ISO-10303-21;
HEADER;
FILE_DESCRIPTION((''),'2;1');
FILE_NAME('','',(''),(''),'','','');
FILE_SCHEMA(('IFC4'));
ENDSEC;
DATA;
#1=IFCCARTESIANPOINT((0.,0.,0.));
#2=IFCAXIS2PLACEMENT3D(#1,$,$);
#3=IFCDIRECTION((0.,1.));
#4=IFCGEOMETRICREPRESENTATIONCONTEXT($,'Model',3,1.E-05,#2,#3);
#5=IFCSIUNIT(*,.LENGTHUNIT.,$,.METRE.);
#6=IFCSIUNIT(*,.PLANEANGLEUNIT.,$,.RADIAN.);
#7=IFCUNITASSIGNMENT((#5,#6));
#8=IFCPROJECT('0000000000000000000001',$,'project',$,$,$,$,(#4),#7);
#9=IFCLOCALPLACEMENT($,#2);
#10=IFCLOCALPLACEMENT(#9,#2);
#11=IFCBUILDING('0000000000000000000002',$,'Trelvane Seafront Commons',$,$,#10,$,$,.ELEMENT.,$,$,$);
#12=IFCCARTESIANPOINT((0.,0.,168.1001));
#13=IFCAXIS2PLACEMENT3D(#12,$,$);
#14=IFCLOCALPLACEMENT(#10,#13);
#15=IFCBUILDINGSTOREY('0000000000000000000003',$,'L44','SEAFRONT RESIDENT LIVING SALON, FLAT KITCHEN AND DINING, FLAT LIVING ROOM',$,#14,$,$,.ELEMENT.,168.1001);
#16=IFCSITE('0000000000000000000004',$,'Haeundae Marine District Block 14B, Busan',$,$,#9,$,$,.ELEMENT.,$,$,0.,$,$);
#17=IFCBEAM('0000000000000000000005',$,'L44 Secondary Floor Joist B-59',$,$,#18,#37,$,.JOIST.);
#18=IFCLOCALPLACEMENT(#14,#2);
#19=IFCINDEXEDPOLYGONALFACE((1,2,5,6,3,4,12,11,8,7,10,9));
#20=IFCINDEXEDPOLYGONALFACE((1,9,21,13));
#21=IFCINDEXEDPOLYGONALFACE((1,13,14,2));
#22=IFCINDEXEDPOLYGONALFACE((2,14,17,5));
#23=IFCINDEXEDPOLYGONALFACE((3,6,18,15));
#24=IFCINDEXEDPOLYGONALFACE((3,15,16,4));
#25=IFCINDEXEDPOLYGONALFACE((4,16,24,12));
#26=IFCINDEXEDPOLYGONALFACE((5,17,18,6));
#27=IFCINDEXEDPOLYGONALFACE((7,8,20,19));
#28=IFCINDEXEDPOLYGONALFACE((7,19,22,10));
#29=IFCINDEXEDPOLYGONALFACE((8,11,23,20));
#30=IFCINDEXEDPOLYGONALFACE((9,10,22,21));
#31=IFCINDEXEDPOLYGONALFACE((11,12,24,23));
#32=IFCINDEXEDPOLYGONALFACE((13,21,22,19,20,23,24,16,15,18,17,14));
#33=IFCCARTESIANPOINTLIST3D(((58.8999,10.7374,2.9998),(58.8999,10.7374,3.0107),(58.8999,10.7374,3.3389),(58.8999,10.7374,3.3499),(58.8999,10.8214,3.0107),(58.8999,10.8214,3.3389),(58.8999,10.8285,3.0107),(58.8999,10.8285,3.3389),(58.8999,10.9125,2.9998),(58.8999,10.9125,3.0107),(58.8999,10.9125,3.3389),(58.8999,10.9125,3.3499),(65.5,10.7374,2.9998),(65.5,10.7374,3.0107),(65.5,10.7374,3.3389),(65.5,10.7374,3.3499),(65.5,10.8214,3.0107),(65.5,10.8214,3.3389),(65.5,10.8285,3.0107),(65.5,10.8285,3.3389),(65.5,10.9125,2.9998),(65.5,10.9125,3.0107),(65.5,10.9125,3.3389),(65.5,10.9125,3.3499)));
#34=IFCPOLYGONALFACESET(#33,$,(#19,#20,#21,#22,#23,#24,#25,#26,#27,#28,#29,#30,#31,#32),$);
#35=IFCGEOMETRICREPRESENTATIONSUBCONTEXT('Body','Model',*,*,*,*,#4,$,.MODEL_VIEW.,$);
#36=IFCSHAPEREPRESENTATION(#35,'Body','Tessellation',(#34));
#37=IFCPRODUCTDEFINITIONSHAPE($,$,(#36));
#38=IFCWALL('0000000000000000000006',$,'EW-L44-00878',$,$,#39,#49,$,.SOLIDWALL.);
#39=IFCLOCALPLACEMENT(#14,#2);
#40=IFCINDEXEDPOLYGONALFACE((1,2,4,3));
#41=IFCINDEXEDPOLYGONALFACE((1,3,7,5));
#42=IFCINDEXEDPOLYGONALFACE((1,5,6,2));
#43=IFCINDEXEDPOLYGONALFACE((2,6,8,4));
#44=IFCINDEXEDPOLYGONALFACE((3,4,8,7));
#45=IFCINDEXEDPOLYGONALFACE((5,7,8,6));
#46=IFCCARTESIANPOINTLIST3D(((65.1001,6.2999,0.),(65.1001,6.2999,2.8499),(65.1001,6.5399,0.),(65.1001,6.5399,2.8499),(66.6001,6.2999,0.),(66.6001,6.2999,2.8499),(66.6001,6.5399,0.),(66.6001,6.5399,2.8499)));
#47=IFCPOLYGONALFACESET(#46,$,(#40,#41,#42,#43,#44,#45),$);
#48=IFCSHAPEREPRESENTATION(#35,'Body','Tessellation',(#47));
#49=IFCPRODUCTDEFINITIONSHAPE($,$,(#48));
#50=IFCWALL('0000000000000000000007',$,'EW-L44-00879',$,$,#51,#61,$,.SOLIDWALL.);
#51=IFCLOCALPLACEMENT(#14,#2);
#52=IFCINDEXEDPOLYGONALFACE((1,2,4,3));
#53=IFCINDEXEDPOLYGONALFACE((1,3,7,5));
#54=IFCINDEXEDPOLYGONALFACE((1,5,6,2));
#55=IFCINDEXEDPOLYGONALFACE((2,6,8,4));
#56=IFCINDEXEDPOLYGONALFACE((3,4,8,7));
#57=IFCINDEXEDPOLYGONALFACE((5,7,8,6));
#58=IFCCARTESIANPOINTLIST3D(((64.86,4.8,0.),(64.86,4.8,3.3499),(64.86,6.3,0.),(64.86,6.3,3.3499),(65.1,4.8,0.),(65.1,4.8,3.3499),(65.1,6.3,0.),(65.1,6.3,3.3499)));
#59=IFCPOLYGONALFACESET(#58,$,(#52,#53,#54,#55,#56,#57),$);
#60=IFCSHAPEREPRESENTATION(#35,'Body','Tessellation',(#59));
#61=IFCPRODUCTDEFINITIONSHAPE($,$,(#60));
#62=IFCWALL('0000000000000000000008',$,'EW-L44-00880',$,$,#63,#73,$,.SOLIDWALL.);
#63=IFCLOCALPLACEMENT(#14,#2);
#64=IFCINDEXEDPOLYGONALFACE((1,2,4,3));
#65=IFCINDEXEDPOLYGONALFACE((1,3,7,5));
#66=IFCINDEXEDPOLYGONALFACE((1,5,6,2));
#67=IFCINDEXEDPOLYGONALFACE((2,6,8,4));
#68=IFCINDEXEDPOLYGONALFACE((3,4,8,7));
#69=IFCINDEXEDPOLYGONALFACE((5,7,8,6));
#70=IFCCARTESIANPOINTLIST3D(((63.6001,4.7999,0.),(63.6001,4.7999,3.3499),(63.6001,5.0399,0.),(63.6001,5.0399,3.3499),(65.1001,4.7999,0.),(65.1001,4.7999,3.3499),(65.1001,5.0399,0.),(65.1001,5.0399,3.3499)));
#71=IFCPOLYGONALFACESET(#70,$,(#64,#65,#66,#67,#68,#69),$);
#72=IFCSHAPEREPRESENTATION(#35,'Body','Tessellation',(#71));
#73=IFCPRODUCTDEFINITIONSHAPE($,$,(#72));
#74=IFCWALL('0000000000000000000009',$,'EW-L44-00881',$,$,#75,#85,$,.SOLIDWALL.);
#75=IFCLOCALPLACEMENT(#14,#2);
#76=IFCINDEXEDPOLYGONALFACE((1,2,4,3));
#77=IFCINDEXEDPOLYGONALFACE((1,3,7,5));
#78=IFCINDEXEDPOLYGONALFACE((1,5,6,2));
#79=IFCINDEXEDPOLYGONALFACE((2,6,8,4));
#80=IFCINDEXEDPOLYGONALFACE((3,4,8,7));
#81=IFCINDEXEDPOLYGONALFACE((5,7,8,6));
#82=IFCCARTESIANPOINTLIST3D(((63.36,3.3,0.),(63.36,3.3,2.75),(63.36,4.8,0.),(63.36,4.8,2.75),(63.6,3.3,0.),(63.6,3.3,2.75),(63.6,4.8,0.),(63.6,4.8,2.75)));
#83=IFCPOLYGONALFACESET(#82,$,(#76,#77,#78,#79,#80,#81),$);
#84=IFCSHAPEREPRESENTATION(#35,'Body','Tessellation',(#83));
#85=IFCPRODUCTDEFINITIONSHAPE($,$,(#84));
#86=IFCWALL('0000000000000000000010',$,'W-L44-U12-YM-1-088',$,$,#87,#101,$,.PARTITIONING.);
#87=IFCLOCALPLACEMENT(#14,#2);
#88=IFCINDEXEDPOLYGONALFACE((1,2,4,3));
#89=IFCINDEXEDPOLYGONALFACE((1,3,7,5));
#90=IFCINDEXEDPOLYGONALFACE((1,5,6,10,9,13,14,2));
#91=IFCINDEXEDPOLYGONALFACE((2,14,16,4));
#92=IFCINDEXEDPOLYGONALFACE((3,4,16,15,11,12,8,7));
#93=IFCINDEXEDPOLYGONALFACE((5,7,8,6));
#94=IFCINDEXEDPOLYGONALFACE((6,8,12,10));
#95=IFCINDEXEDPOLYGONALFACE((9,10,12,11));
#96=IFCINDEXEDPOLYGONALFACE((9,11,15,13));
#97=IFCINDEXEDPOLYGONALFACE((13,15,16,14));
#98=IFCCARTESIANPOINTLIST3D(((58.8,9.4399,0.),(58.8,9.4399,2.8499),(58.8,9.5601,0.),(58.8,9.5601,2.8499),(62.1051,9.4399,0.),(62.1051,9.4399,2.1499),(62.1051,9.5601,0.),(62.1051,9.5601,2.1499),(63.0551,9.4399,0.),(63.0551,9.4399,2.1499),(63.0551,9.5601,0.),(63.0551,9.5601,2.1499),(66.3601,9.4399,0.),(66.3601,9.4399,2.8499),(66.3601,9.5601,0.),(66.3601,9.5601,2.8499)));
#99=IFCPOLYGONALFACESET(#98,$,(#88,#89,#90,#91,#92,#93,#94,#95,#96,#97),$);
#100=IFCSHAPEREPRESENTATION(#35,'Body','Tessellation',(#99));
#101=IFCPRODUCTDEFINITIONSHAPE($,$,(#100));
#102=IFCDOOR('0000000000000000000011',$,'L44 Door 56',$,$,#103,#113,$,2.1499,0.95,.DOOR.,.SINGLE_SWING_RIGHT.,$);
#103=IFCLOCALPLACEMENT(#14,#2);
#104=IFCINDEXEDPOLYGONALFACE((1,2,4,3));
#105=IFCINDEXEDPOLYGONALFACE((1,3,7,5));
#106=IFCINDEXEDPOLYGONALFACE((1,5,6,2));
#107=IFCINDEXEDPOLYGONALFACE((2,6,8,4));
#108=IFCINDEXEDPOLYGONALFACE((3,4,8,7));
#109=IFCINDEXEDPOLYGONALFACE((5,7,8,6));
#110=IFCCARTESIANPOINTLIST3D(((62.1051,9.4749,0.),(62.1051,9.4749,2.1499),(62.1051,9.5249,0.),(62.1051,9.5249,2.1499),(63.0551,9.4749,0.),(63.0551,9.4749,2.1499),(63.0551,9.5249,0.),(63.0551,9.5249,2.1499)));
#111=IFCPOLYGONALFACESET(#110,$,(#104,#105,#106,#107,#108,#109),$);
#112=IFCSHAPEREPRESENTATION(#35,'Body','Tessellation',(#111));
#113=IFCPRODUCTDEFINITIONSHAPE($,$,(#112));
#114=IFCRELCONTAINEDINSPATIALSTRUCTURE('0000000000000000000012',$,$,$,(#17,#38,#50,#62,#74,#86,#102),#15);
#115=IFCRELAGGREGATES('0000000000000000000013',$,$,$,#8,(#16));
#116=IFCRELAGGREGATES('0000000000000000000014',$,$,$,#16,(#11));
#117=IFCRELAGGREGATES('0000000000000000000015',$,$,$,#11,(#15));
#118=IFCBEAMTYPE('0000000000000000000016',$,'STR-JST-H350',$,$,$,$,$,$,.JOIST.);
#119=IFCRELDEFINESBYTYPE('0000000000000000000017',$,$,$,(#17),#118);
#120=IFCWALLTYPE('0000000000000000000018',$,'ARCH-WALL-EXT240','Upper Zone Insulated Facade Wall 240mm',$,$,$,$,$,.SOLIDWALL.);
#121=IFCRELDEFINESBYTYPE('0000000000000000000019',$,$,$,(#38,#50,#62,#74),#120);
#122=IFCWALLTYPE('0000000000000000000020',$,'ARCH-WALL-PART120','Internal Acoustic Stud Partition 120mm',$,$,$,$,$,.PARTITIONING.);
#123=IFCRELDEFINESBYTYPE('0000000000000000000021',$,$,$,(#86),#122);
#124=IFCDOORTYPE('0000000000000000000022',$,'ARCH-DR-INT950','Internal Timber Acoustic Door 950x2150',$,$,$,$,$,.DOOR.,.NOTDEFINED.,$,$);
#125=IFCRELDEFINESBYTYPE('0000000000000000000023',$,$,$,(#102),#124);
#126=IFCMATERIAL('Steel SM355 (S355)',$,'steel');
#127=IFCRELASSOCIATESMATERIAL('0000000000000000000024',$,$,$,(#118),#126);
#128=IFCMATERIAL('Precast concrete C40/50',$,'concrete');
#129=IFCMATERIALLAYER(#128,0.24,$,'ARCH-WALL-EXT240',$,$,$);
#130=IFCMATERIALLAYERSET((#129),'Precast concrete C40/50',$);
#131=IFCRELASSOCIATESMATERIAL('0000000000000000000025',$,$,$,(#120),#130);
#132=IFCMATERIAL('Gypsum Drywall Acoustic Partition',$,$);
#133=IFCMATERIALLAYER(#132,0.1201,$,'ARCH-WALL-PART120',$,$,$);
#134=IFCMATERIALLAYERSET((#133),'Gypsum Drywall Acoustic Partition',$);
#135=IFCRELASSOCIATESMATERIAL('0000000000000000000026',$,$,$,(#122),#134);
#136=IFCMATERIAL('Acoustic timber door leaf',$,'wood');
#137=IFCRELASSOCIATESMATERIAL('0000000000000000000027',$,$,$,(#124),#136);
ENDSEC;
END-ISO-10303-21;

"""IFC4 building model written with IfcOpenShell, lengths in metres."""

from ifc_helpers import new_model, si_unit, direction, frame, frame_2d, origin, origin_2d, place, context, subcontext, project, spatial, rectangle, i_section, extrude, source, transform, mapped, material, layer, layer_set, material_profile, profile_set, type_object, element, fill, save


model = new_model("IFC4")

# Units and contexts
model_context = context("Model", 3, precision=1e-05, world=origin(), true_north=direction((0.0, 1.0)))
body_context = subcontext(model_context, "Body", "Model", "MODEL_VIEW")
ifc_project = project(units=[si_unit("LENGTHUNIT", "METRE"), si_unit("PLANEANGLEUNIT", "RADIAN")], contexts=[model_context])

# Site, building, storey
site_placement = place(None, origin())
site = spatial("IfcSite", under=ifc_project, at=site_placement, Name="Haeundae Marine District Block 14B, Busan", CompositionType="ELEMENT", RefElevation=0.0)
building_placement = place(site_placement, origin())
building = spatial("IfcBuilding", under=site, at=building_placement, Name="Trelvane Seafront Commons", CompositionType="ELEMENT")
storey_placement = place(building_placement, frame((0.0, 0.0, 168.1001)))
storey = spatial("IfcBuildingStorey", under=building, at=storey_placement, Name="L44", Description="SEAFRONT RESIDENT LIVING SALON, FLAT KITCHEN AND DINING, FLAT LIVING ROOM", CompositionType="ELEMENT", Elevation=168.1001)

# Beam
ifc_material_1 = material(Name="Steel SM355 (S355)", Category="steel")
ifc_material_profile = material_profile(ifc_material_1, i_section(OverallWidth=0.175, OverallDepth=0.3501, WebThickness=0.0071, FlangeThickness=0.011, at=origin_2d()), Name="H-350x175x7x11")
ifc_profile_set = profile_set([ifc_material_profile], Name="Steel SM355 (S355)")
beam_type = type_object("IfcBeamType", Name="STR-JST-H350", PredefinedType="JOIST", material=ifc_profile_set)
shared_shape_1 = source(origin(), body_context, "Body", "SweptSolid", [
    extrude(i_section(OverallWidth=0.175, OverallDepth=0.3501, WebThickness=0.0071, FlangeThickness=0.011, at=origin_2d()), origin(), (0.0, 0.0, 1.0), 6.6001),
])
beam_placement = place(storey_placement, frame((58.8999, 10.825, 3.1748), z_axis=(1.0, 0.0, 0.0), x_axis=(0.0, 1.0, 0.0)))
element("IfcBeam", 1, at=beam_placement, inside=storey, type_object=beam_type, Name="L44 Secondary Floor Joist B-59", PredefinedType="JOIST", context=body_context, shape_type="MappedRepresentation", body=[
    mapped(shared_shape_1, transform((0.0, 0.0, 0.0), x_axis=(1.0, 0.0, 0.0), y_axis=(0.0, 1.0, 0.0), z_axis=(0.0, 0.0, 1.0), scale=1.0)),
])

# Walls
ifc_material_2 = material(Name="Precast concrete C40/50", Category="concrete")
ifc_layer_1 = layer(ifc_material_2, 0.24, Name="ARCH-WALL-EXT240")
ifc_layer_set_1 = layer_set([ifc_layer_1], Name="Precast concrete C40/50")
wall_type_1 = type_object("IfcWallType", Name="ARCH-WALL-EXT240", Description="Upper Zone Insulated Facade Wall 240mm", PredefinedType="SOLIDWALL", material=ifc_layer_set_1)
wall_1_placement = place(storey_placement, frame((66.6001, 6.4199, 0.0), z_axis=(0.0, 0.0, 1.0), x_axis=(-1.0, 0.0, 0.0)))
element("IfcWall", 2, at=wall_1_placement, inside=storey, type_object=wall_type_1, Name="EW-L44-00878", PredefinedType="SOLIDWALL", context=body_context, shape_type="SweptSolid", body=[
    extrude(rectangle(XDim=1.5, YDim=0.24, at=frame_2d((0.75, 0.0))), origin(), (0.0, 0.0, 1.0), 2.8499),
])
for number, where, z_axis, x_axis, name in (
    (3, (64.98, 6.3, 0.0), (0.0, 0.0, 1.0), (0.0, -1.0, 0.0), "EW-L44-00879"),
    (4, (65.1001, 4.9199, 0.0), (0.0, 0.0, 1.0), (-1.0, 0.0, 0.0), "EW-L44-00880"),
):
    element("IfcWall", number, at=place(storey_placement, frame(where, z_axis=z_axis, x_axis=x_axis)), inside=storey, type_object=wall_type_1, Name=name, PredefinedType="SOLIDWALL", context=body_context, shape_type="SweptSolid", body=[
        extrude(rectangle(XDim=1.5, YDim=0.24, at=frame_2d((0.75, 0.0))), origin(), (0.0, 0.0, 1.0), 3.3499),
    ])
wall_2_placement = place(storey_placement, frame((63.48, 4.8, 0.0), z_axis=(0.0, 0.0, 1.0), x_axis=(0.0, -1.0, 0.0)))
element("IfcWall", 5, at=wall_2_placement, inside=storey, type_object=wall_type_1, Name="EW-L44-00881", PredefinedType="SOLIDWALL", context=body_context, shape_type="SweptSolid", body=[
    extrude(rectangle(XDim=1.5, YDim=0.24, at=frame_2d((0.75, 0.0))), origin(), (0.0, 0.0, 1.0), 2.75),
])

# Wall, opening, door
ifc_material_3 = material(Name="Gypsum Drywall Acoustic Partition")
ifc_layer_2 = layer(ifc_material_3, 0.1201, Name="ARCH-WALL-PART120")
ifc_layer_set_2 = layer_set([ifc_layer_2], Name="Gypsum Drywall Acoustic Partition")
wall_type_2 = type_object("IfcWallType", Name="ARCH-WALL-PART120", Description="Internal Acoustic Stud Partition 120mm", PredefinedType="PARTITIONING", material=ifc_layer_set_2)
wall_3_placement = place(storey_placement, frame((58.8, 9.5, 0.0), z_axis=(0.0, 0.0, 1.0), x_axis=(1.0, 0.0, 0.0)))
wall_3 = element("IfcWall", 6, at=wall_3_placement, inside=storey, type_object=wall_type_2, Name="W-L44-U12-YM-1-088", PredefinedType="PARTITIONING", context=body_context, shape_type="SweptSolid", body=[
    extrude(rectangle(XDim=7.5601, YDim=0.1201, at=frame_2d((3.78, 0.0))), origin(), (0.0, 0.0, 1.0), 2.8499),
])
opening_placement = place(wall_3_placement, frame((3.3049, 0.0, 0.0)))
opening = element("IfcOpeningElement", 7, at=opening_placement, cuts=wall_3, PredefinedType="OPENING", context=body_context, shape_type="SweptSolid", body=[
    extrude(rectangle(XDim=0.95, YDim=2.1499, at=frame_2d((0.4751, 1.075))), frame((0.0, 0.0701, 0.0), z_axis=(0.0, -1.0, 0.0), x_axis=(1.0, 0.0, 0.0)), (0.0, 0.0, 1.0), 0.1401),
])
ifc_material_4 = material(Name="Acoustic timber door leaf", Category="wood")
door_type = type_object("IfcDoorType", Name="ARCH-DR-INT950", Description="Internal Timber Acoustic Door 950x2150", OperationType="NOTDEFINED", PredefinedType="DOOR", material=ifc_material_4)
shared_shape_2 = source(origin(), body_context, "Body", "SweptSolid", [
    extrude(rectangle(XDim=0.95, YDim=2.1499, at=frame_2d((0.4751, 1.075))), frame((0.0, 0.0249, 0.0), z_axis=(0.0, -1.0, 0.0), x_axis=(1.0, 0.0, 0.0)), (0.0, 0.0, 1.0), 0.05),
])
door_placement = place(opening_placement, origin())
door = element("IfcDoor", 8, at=door_placement, inside=storey, type_object=door_type, Name="L44 Door 56", OperationType="SINGLE_SWING_RIGHT", OverallHeight=2.1499, OverallWidth=0.95, PredefinedType="DOOR", context=body_context, shape_type="MappedRepresentation", body=[
    mapped(shared_shape_2, transform((0.0, 0.0, 0.0), x_axis=(1.0, 0.0, 0.0), y_axis=(0.0, 1.0, 0.0), z_axis=(0.0, 0.0, 1.0), scale=1.0)),
])
fill(opening, door)

save(model, "model.ifc")
